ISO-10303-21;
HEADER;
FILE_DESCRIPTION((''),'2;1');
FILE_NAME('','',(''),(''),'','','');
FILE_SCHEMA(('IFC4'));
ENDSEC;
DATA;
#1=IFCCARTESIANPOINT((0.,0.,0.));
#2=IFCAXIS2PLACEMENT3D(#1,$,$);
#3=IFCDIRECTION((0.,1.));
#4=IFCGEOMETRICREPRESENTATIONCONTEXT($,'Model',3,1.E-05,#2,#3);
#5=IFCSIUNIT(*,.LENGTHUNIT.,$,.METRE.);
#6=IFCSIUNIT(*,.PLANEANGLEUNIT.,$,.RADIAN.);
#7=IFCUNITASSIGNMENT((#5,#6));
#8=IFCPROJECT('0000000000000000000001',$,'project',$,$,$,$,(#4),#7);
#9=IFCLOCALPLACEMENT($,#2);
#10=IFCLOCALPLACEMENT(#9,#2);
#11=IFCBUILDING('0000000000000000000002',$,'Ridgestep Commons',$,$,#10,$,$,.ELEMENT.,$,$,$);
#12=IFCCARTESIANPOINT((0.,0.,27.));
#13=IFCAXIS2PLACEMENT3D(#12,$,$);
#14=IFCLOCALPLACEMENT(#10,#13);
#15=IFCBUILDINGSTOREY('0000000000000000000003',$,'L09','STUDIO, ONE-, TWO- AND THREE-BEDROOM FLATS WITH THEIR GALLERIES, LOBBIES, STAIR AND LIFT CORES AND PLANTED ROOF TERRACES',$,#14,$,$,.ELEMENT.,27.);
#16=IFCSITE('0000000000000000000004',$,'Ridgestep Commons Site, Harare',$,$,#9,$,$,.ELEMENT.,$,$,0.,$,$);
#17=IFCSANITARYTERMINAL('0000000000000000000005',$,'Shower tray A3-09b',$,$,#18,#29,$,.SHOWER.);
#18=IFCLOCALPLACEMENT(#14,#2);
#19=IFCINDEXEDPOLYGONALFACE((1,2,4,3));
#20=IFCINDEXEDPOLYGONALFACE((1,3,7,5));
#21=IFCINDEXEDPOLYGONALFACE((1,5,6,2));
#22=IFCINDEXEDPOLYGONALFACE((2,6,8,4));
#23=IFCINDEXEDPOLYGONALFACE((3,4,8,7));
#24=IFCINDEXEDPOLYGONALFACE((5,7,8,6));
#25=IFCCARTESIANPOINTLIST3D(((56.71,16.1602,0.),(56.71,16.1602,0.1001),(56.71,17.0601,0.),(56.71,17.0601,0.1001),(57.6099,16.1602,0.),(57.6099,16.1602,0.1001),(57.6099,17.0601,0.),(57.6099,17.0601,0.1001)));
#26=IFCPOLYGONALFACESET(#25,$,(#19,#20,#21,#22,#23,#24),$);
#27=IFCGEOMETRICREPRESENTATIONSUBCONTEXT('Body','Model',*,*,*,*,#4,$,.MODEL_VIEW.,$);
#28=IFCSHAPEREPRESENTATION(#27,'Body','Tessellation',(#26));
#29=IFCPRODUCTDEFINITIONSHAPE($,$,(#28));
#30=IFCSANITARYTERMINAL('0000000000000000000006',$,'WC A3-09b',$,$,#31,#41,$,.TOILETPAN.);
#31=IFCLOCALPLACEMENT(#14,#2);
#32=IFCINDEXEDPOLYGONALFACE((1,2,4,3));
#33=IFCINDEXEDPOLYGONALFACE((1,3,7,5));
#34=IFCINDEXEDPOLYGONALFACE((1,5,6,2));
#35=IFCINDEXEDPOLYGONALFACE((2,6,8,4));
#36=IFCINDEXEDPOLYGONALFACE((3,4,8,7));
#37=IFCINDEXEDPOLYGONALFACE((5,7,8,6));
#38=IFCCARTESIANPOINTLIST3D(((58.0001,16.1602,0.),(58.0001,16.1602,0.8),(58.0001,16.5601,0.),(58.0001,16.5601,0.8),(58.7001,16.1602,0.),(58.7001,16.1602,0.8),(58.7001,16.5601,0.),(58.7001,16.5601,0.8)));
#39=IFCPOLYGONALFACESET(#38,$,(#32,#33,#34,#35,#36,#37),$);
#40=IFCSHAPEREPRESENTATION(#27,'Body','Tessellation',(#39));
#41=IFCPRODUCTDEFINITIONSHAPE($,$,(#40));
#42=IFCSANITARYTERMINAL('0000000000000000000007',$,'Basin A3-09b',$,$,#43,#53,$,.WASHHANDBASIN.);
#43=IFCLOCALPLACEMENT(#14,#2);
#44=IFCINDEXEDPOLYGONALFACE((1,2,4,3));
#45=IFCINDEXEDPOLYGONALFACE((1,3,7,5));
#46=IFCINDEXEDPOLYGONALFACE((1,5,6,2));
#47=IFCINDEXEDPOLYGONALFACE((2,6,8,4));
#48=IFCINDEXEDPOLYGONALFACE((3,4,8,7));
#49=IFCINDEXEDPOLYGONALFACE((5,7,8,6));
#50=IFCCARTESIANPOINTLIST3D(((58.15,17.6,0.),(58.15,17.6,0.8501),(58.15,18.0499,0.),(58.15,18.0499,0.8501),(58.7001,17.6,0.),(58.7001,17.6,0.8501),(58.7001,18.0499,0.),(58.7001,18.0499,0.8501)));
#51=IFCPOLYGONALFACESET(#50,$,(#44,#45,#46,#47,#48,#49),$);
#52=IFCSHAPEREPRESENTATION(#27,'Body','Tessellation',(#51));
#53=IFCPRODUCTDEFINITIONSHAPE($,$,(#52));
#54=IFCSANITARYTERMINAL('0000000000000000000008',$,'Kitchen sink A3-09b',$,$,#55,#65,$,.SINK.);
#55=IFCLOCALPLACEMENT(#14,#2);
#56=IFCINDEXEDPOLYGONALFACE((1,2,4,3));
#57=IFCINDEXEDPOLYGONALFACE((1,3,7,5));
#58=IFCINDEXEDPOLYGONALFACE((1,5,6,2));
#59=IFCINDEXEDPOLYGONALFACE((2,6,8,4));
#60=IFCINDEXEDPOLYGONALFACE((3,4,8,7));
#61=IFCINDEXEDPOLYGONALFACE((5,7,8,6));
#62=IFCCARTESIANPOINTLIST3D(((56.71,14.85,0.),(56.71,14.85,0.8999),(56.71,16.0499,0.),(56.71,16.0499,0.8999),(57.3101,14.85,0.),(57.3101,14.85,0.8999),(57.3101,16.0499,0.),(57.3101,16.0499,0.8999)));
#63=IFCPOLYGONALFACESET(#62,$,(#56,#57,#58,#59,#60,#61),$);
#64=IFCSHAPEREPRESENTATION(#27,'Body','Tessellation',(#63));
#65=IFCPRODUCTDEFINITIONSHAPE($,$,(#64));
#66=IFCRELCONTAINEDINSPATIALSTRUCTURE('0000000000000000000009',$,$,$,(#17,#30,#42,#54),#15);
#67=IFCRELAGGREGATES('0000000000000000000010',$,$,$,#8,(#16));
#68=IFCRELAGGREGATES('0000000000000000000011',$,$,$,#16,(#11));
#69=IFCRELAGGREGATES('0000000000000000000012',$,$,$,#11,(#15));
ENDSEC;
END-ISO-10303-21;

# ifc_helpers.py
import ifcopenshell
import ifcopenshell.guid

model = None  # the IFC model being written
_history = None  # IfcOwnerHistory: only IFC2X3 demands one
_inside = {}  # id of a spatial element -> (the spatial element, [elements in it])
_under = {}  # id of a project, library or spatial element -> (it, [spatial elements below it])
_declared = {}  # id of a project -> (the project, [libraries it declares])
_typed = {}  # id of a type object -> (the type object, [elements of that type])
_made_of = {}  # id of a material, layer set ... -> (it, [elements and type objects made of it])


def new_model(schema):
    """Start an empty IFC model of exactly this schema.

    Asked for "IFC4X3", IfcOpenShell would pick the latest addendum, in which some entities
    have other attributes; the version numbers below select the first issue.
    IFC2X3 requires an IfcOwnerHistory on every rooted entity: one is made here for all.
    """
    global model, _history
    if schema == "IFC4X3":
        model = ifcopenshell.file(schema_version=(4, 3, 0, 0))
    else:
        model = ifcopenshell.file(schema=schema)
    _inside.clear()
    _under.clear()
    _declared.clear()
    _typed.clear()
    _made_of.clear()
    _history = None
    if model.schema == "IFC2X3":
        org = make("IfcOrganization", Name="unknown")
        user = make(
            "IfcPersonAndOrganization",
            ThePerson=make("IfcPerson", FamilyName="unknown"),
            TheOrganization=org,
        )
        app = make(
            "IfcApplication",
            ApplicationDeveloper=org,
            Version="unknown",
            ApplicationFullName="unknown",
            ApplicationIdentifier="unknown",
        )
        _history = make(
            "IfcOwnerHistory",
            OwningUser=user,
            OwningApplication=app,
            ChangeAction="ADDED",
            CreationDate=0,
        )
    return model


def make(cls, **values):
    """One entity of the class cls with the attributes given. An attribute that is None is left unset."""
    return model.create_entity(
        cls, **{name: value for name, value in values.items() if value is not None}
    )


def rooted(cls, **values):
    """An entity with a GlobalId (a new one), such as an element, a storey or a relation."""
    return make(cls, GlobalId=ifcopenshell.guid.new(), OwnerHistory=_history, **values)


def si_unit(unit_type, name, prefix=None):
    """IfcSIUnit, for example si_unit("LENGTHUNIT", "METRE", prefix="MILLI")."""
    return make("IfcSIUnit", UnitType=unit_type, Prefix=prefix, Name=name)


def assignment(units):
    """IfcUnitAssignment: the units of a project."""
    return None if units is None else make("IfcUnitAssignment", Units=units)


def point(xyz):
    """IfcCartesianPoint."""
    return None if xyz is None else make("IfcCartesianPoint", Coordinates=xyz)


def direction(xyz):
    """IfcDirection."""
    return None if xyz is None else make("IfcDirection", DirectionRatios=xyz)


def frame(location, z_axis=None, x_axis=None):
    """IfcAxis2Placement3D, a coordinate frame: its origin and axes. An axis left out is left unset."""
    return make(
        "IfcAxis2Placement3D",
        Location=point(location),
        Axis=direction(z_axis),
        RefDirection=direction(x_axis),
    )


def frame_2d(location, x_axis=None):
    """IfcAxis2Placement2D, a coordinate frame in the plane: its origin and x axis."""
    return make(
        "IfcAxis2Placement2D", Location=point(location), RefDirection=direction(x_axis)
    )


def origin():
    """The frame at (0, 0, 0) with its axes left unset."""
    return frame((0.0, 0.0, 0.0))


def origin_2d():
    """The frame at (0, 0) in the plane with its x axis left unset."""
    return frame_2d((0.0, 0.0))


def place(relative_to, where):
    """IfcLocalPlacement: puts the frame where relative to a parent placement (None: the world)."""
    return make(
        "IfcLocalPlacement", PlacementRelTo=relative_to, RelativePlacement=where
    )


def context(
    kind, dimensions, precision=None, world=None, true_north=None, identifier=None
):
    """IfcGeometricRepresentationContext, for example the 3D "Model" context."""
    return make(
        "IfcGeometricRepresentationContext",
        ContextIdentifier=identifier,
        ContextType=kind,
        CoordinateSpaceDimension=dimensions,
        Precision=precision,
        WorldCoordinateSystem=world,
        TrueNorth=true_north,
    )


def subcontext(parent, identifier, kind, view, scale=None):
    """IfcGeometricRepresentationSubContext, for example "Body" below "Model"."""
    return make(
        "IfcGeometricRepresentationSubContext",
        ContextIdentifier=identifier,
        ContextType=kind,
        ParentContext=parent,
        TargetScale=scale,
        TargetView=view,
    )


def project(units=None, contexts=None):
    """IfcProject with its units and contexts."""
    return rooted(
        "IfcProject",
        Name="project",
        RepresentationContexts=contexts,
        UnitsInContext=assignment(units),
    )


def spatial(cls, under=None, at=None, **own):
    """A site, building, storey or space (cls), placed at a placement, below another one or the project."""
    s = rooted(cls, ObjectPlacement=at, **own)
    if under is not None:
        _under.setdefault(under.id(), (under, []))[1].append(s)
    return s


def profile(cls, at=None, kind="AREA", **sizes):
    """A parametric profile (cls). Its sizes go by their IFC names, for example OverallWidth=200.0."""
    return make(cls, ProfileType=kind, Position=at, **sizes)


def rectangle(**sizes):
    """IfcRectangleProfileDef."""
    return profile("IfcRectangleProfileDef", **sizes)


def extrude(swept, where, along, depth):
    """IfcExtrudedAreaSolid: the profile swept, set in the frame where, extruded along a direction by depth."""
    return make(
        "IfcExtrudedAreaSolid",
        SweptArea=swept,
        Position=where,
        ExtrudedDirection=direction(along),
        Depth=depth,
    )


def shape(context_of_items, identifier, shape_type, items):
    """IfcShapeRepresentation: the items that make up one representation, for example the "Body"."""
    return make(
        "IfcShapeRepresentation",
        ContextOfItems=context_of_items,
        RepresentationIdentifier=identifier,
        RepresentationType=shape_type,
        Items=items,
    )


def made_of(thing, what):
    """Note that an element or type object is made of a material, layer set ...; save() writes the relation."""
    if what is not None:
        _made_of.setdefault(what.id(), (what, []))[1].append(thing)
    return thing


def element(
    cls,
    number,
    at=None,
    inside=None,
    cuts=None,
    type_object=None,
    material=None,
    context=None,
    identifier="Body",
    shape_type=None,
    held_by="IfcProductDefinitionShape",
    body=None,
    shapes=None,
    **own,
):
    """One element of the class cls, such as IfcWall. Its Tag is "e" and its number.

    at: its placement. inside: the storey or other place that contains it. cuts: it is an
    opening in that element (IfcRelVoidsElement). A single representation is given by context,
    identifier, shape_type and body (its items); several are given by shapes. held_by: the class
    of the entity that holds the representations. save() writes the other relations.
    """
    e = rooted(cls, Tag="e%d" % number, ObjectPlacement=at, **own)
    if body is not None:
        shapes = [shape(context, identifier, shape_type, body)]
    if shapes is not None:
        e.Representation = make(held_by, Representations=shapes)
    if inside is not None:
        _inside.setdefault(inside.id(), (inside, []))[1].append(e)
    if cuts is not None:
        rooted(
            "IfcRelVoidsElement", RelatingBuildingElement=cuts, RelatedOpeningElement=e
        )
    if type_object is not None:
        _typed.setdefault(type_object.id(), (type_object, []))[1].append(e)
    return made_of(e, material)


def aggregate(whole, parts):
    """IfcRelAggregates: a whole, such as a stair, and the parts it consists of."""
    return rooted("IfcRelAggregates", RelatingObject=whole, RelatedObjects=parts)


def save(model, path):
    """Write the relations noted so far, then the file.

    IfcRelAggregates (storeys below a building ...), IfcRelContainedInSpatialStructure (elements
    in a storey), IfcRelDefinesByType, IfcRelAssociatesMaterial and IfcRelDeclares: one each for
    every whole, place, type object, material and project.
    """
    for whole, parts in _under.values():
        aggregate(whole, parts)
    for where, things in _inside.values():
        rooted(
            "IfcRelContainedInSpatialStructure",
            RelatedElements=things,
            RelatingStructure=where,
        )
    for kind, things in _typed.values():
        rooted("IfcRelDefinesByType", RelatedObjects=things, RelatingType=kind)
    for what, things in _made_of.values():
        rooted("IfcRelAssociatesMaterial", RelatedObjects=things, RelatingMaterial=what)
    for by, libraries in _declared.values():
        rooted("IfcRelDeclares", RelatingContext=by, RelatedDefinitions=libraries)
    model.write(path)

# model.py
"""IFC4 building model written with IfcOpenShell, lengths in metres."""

from ifc_helpers import new_model, si_unit, direction, frame, origin, origin_2d, place, context, subcontext, project, spatial, rectangle, extrude, element, save


model = new_model("IFC4")

# Units and contexts
model_context = context("Model", 3, precision=1e-05, world=origin(), true_north=direction((0.0, 1.0)))
body_context = subcontext(model_context, "Body", "Model", "MODEL_VIEW")
ifc_project = project(units=[si_unit("LENGTHUNIT", "METRE"), si_unit("PLANEANGLEUNIT", "RADIAN")], contexts=[model_context])

# Site, building, storey
site_placement = place(None, origin())
site = spatial("IfcSite", under=ifc_project, at=site_placement, Name="Ridgestep Commons Site, Harare", CompositionType="ELEMENT", RefElevation=0.0)
building_placement = place(site_placement, origin())
building = spatial("IfcBuilding", under=site, at=building_placement, Name="Ridgestep Commons", CompositionType="ELEMENT")
storey_placement = place(building_placement, frame((0.0, 0.0, 27.0)))
storey = spatial("IfcBuildingStorey", under=building, at=storey_placement, Name="L09", Description="STUDIO, ONE-, TWO- AND THREE-BEDROOM FLATS WITH THEIR GALLERIES, LOBBIES, STAIR AND LIFT CORES AND PLANTED ROOF TERRACES", CompositionType="ELEMENT", Elevation=27.0)

# Sanitary terminals
sanitary_terminal_1_placement = place(storey_placement, frame((57.1599, 16.6101, 0.0), z_axis=(0.0, 0.0, 1.0), x_axis=(1.0, 0.0, 0.0)))
element("IfcSanitaryTerminal", 1, at=sanitary_terminal_1_placement, inside=storey, Name="Shower tray A3-09b", PredefinedType="SHOWER", context=body_context, shape_type="SweptSolid", body=[
    extrude(rectangle(XDim=0.8999, YDim=0.8999, at=origin_2d()), origin(), (0.0, 0.0, 1.0), 0.1001),
])
sanitary_terminal_2_placement = place(storey_placement, frame((58.3501, 16.3601, 0.0), z_axis=(0.0, 0.0, 1.0), x_axis=(1.0, 0.0, 0.0)))
element("IfcSanitaryTerminal", 2, at=sanitary_terminal_2_placement, inside=storey, Name="WC A3-09b", PredefinedType="TOILETPAN", context=body_context, shape_type="SweptSolid", body=[
    extrude(rectangle(XDim=0.7, YDim=0.3999, at=origin_2d()), origin(), (0.0, 0.0, 1.0), 0.8),
])
sanitary_terminal_3_placement = place(storey_placement, frame((58.425, 17.825, 0.0), z_axis=(0.0, 0.0, 1.0), x_axis=(1.0, 0.0, 0.0)))
element("IfcSanitaryTerminal", 3, at=sanitary_terminal_3_placement, inside=storey, Name="Basin A3-09b", PredefinedType="WASHHANDBASIN", context=body_context, shape_type="SweptSolid", body=[
    extrude(rectangle(XDim=0.55, YDim=0.45, at=origin_2d()), origin(), (0.0, 0.0, 1.0), 0.8501),
])
sanitary_terminal_4_placement = place(storey_placement, frame((57.01, 15.45, 0.0), z_axis=(0.0, 0.0, 1.0), x_axis=(1.0, 0.0, 0.0)))
element("IfcSanitaryTerminal", 4, at=sanitary_terminal_4_placement, inside=storey, Name="Kitchen sink A3-09b", PredefinedType="SINK", context=body_context, shape_type="SweptSolid", body=[
    extrude(rectangle(XDim=0.6001, YDim=1.2, at=origin_2d()), origin(), (0.0, 0.0, 1.0), 0.8999),
])

save(model, "model.ifc")
